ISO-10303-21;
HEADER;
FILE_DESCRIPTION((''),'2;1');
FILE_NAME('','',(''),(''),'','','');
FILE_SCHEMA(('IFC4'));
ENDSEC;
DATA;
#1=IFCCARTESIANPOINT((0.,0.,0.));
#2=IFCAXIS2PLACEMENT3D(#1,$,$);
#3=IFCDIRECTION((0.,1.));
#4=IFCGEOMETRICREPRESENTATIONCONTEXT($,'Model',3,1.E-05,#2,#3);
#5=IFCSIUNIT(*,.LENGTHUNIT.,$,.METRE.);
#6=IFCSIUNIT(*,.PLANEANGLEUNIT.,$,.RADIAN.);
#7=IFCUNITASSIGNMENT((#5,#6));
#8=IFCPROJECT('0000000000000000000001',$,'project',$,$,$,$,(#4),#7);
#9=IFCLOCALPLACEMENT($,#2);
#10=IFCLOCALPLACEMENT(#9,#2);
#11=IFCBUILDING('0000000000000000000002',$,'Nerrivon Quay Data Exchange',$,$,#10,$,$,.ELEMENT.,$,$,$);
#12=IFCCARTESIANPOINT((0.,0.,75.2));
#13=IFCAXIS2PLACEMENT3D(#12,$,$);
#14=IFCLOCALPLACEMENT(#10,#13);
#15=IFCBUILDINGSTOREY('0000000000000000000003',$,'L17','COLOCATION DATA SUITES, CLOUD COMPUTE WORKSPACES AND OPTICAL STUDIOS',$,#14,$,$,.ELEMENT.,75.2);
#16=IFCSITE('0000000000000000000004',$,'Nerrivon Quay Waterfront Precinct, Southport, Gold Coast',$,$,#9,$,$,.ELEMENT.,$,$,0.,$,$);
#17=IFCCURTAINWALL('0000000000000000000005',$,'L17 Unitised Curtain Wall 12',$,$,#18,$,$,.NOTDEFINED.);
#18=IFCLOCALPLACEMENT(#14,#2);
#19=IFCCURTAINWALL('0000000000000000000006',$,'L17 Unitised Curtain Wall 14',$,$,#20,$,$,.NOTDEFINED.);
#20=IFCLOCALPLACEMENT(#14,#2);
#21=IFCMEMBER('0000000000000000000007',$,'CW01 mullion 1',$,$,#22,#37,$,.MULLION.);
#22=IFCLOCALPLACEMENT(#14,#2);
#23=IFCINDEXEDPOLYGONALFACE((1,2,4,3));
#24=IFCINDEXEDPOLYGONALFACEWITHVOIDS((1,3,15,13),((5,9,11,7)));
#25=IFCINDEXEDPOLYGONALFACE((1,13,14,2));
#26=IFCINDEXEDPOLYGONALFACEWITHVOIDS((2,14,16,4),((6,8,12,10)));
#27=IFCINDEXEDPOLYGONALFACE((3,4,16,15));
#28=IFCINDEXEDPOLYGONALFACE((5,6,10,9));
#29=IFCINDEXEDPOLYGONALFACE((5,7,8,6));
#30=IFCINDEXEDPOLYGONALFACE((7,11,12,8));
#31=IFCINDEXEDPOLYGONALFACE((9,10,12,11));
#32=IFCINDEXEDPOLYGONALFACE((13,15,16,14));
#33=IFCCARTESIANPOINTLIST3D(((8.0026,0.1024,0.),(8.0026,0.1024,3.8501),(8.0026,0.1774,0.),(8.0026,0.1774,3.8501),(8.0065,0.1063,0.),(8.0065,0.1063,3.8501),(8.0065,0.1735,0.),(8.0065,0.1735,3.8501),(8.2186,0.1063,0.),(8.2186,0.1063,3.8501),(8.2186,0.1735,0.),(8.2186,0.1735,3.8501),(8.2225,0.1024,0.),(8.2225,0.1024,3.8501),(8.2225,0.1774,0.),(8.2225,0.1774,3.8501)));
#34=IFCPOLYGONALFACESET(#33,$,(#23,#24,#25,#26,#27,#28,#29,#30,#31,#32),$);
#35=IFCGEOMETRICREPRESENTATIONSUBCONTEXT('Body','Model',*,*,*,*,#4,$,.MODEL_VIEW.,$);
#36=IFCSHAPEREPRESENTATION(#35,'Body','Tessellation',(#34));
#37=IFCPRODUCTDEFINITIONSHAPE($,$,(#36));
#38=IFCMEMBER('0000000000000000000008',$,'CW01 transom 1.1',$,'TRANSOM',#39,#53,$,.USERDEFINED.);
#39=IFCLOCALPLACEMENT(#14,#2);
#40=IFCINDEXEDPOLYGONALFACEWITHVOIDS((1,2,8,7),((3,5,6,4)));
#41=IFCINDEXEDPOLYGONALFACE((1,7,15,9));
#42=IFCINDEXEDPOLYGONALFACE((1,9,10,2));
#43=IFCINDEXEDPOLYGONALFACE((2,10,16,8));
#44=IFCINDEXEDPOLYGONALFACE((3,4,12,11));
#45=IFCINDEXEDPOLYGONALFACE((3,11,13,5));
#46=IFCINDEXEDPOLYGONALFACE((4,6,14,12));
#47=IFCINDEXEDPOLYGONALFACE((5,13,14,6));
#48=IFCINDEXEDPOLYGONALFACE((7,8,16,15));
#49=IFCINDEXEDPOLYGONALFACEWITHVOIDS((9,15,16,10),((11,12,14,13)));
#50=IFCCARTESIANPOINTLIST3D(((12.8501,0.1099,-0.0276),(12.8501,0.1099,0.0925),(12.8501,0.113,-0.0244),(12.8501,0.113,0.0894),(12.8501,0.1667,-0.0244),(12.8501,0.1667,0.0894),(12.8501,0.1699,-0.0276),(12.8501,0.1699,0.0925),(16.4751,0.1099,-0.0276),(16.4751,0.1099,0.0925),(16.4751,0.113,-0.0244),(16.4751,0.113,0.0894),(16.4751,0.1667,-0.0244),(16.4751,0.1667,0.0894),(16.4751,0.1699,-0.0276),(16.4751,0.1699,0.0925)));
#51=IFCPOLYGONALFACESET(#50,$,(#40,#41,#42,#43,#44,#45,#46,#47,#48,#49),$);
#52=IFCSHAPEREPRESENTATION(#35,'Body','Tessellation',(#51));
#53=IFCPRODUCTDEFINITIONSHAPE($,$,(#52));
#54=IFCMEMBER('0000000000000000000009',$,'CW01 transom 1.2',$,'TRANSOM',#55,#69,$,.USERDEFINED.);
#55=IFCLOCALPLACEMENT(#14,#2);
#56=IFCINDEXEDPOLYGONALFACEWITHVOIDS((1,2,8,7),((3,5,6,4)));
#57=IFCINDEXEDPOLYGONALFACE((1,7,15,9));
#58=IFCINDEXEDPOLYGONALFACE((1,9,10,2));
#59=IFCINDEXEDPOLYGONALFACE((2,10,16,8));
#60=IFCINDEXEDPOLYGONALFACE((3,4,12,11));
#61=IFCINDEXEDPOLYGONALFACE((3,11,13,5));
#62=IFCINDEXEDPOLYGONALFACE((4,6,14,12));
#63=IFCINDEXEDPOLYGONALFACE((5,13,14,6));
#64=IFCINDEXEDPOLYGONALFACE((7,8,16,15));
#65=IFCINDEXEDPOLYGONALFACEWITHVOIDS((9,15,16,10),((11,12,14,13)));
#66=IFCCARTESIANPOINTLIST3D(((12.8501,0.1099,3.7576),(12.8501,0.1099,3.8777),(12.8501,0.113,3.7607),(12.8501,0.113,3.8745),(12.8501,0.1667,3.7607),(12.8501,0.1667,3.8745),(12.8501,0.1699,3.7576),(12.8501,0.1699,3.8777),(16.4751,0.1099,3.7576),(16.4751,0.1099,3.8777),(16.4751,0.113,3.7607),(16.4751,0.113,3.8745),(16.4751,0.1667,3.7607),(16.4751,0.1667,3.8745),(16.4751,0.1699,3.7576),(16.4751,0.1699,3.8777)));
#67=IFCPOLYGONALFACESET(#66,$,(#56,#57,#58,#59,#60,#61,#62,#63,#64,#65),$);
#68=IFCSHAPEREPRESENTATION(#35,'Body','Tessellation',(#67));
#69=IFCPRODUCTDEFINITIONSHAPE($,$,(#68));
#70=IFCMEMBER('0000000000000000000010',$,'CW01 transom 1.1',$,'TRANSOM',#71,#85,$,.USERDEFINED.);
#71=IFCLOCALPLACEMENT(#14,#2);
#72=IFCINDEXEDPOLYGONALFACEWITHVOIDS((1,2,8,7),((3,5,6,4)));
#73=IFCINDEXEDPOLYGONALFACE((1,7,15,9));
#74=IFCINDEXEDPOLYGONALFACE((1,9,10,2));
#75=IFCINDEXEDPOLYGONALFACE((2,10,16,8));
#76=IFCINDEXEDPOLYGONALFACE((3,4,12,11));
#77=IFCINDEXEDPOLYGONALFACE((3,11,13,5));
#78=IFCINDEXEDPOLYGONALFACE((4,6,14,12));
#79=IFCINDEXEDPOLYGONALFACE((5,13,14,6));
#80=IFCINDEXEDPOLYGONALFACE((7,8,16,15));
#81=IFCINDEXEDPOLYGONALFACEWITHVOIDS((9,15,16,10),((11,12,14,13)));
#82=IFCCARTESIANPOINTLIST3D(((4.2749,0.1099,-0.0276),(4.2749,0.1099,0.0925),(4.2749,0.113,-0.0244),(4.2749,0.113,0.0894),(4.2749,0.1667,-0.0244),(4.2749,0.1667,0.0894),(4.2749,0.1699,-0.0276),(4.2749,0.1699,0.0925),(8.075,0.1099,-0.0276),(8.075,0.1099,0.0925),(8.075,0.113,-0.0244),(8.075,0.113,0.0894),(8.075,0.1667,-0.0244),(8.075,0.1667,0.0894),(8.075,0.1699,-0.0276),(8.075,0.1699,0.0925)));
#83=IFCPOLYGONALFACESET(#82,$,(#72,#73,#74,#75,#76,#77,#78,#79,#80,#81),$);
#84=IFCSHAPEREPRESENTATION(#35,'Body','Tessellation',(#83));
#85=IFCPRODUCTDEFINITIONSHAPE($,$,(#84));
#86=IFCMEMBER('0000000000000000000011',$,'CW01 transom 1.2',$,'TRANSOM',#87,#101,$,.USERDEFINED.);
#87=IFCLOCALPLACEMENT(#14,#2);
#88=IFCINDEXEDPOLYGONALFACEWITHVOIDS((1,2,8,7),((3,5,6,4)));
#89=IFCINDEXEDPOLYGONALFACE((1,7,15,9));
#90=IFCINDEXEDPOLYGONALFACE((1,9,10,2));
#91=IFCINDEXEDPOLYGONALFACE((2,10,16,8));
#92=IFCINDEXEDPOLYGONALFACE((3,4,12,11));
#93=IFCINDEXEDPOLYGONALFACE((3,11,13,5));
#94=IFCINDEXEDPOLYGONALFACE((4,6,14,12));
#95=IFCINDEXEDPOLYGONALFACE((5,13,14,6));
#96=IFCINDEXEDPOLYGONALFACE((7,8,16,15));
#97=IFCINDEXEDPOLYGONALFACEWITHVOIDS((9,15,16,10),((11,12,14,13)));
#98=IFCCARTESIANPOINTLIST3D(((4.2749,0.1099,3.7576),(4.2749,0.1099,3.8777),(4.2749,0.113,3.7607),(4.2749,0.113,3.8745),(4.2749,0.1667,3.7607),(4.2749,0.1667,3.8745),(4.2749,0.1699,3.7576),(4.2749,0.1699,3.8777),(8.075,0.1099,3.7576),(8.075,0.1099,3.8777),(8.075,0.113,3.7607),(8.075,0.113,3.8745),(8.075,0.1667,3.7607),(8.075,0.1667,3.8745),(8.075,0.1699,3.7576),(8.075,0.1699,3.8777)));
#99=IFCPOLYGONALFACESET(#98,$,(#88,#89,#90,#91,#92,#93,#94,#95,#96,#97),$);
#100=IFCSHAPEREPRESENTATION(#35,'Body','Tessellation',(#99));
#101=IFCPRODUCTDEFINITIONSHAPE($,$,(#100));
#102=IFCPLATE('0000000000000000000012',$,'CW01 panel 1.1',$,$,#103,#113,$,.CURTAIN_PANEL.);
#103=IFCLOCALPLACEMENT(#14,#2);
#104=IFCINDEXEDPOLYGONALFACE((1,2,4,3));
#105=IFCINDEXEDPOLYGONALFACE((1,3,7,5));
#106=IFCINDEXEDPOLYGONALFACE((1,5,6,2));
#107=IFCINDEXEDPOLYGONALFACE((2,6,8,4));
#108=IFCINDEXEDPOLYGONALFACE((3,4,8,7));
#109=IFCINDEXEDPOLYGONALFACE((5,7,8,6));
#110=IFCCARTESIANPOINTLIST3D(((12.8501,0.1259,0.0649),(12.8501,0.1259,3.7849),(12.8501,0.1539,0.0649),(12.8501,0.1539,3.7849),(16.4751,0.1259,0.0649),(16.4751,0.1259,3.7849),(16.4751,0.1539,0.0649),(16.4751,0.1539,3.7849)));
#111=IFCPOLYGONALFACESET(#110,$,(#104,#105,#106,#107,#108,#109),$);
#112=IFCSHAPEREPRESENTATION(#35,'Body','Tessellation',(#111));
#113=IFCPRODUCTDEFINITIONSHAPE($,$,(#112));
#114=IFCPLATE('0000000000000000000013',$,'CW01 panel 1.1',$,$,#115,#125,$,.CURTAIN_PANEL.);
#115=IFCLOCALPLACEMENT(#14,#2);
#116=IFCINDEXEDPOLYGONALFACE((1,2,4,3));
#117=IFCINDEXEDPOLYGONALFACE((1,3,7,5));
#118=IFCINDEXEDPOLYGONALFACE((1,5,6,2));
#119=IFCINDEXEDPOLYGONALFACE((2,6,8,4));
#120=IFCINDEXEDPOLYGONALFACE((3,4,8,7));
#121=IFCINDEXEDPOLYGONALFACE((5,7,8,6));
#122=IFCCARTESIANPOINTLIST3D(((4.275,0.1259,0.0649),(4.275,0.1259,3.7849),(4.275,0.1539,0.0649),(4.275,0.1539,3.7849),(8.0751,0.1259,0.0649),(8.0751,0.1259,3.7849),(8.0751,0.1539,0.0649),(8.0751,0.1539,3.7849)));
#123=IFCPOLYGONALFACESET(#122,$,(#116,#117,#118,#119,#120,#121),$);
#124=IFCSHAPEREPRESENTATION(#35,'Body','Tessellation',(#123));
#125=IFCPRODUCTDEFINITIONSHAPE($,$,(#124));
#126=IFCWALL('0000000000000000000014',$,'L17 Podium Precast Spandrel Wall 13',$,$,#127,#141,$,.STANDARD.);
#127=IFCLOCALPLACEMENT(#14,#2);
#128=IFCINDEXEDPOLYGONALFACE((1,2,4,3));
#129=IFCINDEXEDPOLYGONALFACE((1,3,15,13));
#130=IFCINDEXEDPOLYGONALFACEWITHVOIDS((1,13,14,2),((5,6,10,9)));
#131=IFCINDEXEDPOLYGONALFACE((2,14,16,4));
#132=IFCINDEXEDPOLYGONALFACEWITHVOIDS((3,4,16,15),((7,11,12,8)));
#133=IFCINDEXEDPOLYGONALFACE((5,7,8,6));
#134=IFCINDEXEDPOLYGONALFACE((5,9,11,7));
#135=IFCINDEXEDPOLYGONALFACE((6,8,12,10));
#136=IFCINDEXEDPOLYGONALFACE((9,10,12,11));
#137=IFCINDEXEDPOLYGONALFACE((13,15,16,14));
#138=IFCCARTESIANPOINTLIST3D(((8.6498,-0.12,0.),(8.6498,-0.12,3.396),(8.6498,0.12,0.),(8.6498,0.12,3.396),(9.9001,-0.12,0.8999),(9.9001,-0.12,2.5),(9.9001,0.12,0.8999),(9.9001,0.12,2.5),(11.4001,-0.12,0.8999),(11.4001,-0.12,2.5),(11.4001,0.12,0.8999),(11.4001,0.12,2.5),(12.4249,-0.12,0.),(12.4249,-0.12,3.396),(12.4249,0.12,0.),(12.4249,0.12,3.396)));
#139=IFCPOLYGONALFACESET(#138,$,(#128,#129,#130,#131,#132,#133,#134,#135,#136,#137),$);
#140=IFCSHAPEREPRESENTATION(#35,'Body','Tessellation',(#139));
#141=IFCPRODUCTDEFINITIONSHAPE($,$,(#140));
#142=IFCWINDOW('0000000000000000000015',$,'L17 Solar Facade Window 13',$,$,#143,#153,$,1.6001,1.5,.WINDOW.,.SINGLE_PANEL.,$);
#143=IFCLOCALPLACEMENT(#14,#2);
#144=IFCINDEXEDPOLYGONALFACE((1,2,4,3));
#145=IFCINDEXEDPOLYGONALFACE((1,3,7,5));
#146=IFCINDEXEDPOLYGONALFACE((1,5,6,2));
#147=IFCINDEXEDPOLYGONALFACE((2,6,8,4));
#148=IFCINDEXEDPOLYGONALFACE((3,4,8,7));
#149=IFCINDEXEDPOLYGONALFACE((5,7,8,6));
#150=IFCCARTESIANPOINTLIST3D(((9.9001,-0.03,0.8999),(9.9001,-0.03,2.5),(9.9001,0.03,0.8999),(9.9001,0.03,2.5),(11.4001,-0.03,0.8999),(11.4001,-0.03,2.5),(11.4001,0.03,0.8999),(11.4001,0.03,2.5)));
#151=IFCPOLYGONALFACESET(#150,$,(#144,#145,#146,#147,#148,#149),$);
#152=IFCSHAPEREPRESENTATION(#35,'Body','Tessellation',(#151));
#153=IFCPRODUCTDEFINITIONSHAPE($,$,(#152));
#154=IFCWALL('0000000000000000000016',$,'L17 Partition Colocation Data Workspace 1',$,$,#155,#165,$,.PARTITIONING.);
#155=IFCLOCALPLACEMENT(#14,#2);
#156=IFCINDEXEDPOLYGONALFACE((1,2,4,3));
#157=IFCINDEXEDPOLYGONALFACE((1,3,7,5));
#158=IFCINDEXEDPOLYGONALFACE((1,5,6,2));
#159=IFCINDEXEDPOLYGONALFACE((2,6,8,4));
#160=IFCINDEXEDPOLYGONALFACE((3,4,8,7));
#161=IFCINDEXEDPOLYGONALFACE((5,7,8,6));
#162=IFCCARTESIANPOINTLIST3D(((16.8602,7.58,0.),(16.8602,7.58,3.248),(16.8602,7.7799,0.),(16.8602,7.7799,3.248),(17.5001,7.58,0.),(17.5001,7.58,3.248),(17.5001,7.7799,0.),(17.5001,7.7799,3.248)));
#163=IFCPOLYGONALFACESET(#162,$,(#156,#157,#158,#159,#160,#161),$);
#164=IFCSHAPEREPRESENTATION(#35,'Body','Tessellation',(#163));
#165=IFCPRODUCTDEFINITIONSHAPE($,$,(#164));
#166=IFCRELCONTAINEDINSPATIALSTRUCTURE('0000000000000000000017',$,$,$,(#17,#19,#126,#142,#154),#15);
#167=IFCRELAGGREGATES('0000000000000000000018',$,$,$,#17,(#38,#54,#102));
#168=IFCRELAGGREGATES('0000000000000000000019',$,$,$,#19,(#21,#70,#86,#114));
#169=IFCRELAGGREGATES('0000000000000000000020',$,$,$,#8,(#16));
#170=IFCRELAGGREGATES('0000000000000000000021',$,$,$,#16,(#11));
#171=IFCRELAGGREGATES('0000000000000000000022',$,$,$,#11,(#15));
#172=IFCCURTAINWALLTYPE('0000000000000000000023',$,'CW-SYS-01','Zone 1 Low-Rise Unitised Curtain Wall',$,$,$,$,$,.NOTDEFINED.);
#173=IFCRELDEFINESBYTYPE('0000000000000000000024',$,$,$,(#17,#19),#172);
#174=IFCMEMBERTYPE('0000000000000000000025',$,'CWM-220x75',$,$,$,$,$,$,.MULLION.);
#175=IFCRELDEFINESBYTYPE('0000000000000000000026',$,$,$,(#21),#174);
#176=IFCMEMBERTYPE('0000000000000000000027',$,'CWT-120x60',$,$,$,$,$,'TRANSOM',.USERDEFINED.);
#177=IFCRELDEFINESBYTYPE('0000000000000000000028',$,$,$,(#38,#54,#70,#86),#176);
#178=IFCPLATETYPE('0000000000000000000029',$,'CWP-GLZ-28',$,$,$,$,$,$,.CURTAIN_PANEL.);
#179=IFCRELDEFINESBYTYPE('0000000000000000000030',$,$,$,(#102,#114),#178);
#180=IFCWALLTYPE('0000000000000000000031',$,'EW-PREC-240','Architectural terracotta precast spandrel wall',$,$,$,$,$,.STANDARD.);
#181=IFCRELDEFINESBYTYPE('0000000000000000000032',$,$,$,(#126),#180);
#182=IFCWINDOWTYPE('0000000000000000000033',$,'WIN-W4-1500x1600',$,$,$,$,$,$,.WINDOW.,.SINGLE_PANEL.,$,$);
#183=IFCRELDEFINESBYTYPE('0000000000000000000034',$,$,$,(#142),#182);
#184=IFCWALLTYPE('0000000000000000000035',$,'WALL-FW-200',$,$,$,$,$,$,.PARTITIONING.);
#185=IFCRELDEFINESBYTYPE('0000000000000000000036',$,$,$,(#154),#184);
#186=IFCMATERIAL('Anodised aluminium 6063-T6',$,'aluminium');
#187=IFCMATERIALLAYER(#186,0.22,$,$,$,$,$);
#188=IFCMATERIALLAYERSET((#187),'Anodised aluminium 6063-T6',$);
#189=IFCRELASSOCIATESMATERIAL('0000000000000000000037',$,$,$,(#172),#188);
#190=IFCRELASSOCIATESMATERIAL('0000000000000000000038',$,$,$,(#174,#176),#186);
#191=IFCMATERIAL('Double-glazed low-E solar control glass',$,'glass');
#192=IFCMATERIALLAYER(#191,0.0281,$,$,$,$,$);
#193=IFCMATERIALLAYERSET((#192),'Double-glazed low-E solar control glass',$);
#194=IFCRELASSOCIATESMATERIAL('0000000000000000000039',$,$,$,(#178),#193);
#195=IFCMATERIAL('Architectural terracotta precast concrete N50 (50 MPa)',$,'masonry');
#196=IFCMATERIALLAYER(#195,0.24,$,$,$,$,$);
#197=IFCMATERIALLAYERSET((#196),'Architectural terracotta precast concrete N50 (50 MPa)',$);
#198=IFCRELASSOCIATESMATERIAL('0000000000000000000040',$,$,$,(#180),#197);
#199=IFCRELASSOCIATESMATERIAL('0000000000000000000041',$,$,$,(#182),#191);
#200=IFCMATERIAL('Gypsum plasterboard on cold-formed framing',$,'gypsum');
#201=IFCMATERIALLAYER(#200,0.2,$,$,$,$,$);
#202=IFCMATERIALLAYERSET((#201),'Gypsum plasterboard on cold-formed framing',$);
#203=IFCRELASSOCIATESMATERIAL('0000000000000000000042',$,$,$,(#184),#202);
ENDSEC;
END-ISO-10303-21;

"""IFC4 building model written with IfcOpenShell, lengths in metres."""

from ifc_helpers import new_model, si_unit, direction, frame, frame_2d, origin, origin_2d, place, context, subcontext, project, spatial, rectangle, hollow_rectangle, extrude, material, layer, layer_set, material_profile, profile_set, type_object, element, fill, aggregate, save


model = new_model("IFC4")

# Units and contexts
model_context = context("Model", 3, precision=1e-05, world=origin(), true_north=direction((0.0, 1.0)))
body_context = subcontext(model_context, "Body", "Model", "MODEL_VIEW")
ifc_project = project(units=[si_unit("LENGTHUNIT", "METRE"), si_unit("PLANEANGLEUNIT", "RADIAN")], contexts=[model_context])

# Site, building, storey
site_placement = place(None, origin())
site = spatial("IfcSite", under=ifc_project, at=site_placement, Name="Nerrivon Quay Waterfront Precinct, Southport, Gold Coast", CompositionType="ELEMENT", RefElevation=0.0)
building_placement = place(site_placement, origin())
building = spatial("IfcBuilding", under=site, at=building_placement, Name="Nerrivon Quay Data Exchange", CompositionType="ELEMENT")
storey_placement = place(building_placement, frame((0.0, 0.0, 75.2)))
storey = spatial("IfcBuildingStorey", under=building, at=storey_placement, Name="L17", Description="COLOCATION DATA SUITES, CLOUD COMPUTE WORKSPACES AND OPTICAL STUDIOS", CompositionType="ELEMENT", Elevation=75.2)

# Curtain wall
ifc_material_1 = material(Name="Anodised aluminium 6063-T6", Category="aluminium")
ifc_layer_1 = layer(ifc_material_1, 0.22)
ifc_layer_set_1 = layer_set([ifc_layer_1], Name="Anodised aluminium 6063-T6")
curtain_wall_type = type_object("IfcCurtainWallType", Name="CW-SYS-01", Description="Zone 1 Low-Rise Unitised Curtain Wall", PredefinedType="NOTDEFINED", material=ifc_layer_set_1)
curtain_wall_1_placement = place(storey_placement, origin())
curtain_wall_1 = element("IfcCurtainWall", 1, at=curtain_wall_1_placement, inside=storey, type_object=curtain_wall_type, Name="L17 Unitised Curtain Wall 12", PredefinedType="NOTDEFINED")
ifc_material_profile_1 = material_profile(ifc_material_1, hollow_rectangle(XDim=0.075, YDim=0.22, WallThickness=0.0039, at=origin_2d()), Name="ALU-MULL-220x75")
ifc_profile_set_1 = profile_set([ifc_material_profile_1], Name="Anodised aluminium 6063-T6")
member_type_1 = type_object("IfcMemberType", Name="CWM-220x75", PredefinedType="MULLION", material=ifc_profile_set_1)

# Curtain wall, member
curtain_wall_2_placement = place(storey_placement, origin())
curtain_wall_2 = element("IfcCurtainWall", 2, at=curtain_wall_2_placement, inside=storey, type_object=curtain_wall_type, Name="L17 Unitised Curtain Wall 14", PredefinedType="NOTDEFINED")
member_1_placement = place(storey_placement, frame((8.1125, 0.1399, 0.0), z_axis=(0.0, 0.0, 1.0), x_axis=(0.0, -1.0, 0.0)))
member_1 = element("IfcMember", 3, at=member_1_placement, type_object=member_type_1, Name="CW01 mullion 1", PredefinedType="MULLION", context=body_context, shape_type="SweptSolid", body=[
    extrude(hollow_rectangle(XDim=0.075, YDim=0.22, WallThickness=0.0039, at=origin_2d()), origin(), (0.0, 0.0, 1.0), 3.8501),
])

# Members
ifc_material_profile_2 = material_profile(ifc_material_1, hollow_rectangle(XDim=0.0601, YDim=0.1201, WallThickness=0.0032, at=origin_2d()), Name="ALU-TRAN-120x60")
ifc_profile_set_2 = profile_set([ifc_material_profile_2], Name="Anodised aluminium 6063-T6")
member_type_2 = type_object("IfcMemberType", Name="CWT-120x60", ElementType="TRANSOM", PredefinedType="USERDEFINED", material=ifc_profile_set_2)
member_2_placement = place(storey_placement, frame((16.4751, 0.1399, 0.0325), z_axis=(-1.0, 0.0, 0.0), x_axis=(0.0, -1.0, 0.0)))
member_2 = element("IfcMember", 4, at=member_2_placement, type_object=member_type_2, Name="CW01 transom 1.1", ObjectType="TRANSOM", PredefinedType="USERDEFINED", context=body_context, shape_type="SweptSolid", body=[
    extrude(hollow_rectangle(XDim=0.0601, YDim=0.1201, WallThickness=0.0032, at=origin_2d()), origin(), (0.0, 0.0, 1.0), 3.625),
])
member_3_placement = place(storey_placement, frame((16.4751, 0.1399, 3.8176), z_axis=(-1.0, 0.0, 0.0), x_axis=(0.0, -1.0, 0.0)))
member_3 = element("IfcMember", 5, at=member_3_placement, type_object=member_type_2, Name="CW01 transom 1.2", ObjectType="TRANSOM", PredefinedType="USERDEFINED", context=body_context, shape_type="SweptSolid", body=[
    extrude(hollow_rectangle(XDim=0.0601, YDim=0.1201, WallThickness=0.0032, at=origin_2d()), origin(), (0.0, 0.0, 1.0), 3.625),
])
member_4_placement = place(storey_placement, frame((8.075, 0.1399, 0.0325), z_axis=(-1.0, 0.0, 0.0), x_axis=(0.0, -1.0, 0.0)))
member_4 = element("IfcMember", 6, at=member_4_placement, type_object=member_type_2, Name="CW01 transom 1.1", ObjectType="TRANSOM", PredefinedType="USERDEFINED", context=body_context, shape_type="SweptSolid", body=[
    extrude(hollow_rectangle(XDim=0.0601, YDim=0.1201, WallThickness=0.0032, at=origin_2d()), origin(), (0.0, 0.0, 1.0), 3.8),
])
member_5_placement = place(storey_placement, frame((8.075, 0.1399, 3.8176), z_axis=(-1.0, 0.0, 0.0), x_axis=(0.0, -1.0, 0.0)))
member_5 = element("IfcMember", 7, at=member_5_placement, type_object=member_type_2, Name="CW01 transom 1.2", ObjectType="TRANSOM", PredefinedType="USERDEFINED", context=body_context, shape_type="SweptSolid", body=[
    extrude(hollow_rectangle(XDim=0.0601, YDim=0.1201, WallThickness=0.0032, at=origin_2d()), origin(), (0.0, 0.0, 1.0), 3.8),
])

# Plates
ifc_material_2 = material(Name="Double-glazed low-E solar control glass", Category="glass")
ifc_layer_2 = layer(ifc_material_2, 0.0281)
ifc_layer_set_2 = layer_set([ifc_layer_2], Name="Double-glazed low-E solar control glass")
plate_type = type_object("IfcPlateType", Name="CWP-GLZ-28", PredefinedType="CURTAIN_PANEL", material=ifc_layer_set_2)
plate_1_placement = place(storey_placement, frame((14.6626, 0.1399, 0.0649), z_axis=(0.0, 0.0, 1.0), x_axis=(-1.0, 0.0, 0.0)))
plate_1 = element("IfcPlate", 8, at=plate_1_placement, type_object=plate_type, Name="CW01 panel 1.1", PredefinedType="CURTAIN_PANEL", context=body_context, shape_type="SweptSolid", body=[
    extrude(rectangle(XDim=3.625, YDim=0.0281, at=origin_2d()), origin(), (0.0, 0.0, 1.0), 3.72),
])
aggregate(curtain_wall_1, [member_2, member_3, plate_1])
plate_2_placement = place(storey_placement, frame((6.175, 0.1399, 0.0649), z_axis=(0.0, 0.0, 1.0), x_axis=(-1.0, 0.0, 0.0)))
plate_2 = element("IfcPlate", 9, at=plate_2_placement, type_object=plate_type, Name="CW01 panel 1.1", PredefinedType="CURTAIN_PANEL", context=body_context, shape_type="SweptSolid", body=[
    extrude(rectangle(XDim=3.8, YDim=0.0281, at=origin_2d()), origin(), (0.0, 0.0, 1.0), 3.72),
])
aggregate(curtain_wall_2, [member_1, member_4, member_5, plate_2])

# Wall, opening, window
ifc_material_3 = material(Name="Architectural terracotta precast concrete N50 (50 MPa)", Category="masonry")
ifc_layer_3 = layer(ifc_material_3, 0.24)
ifc_layer_set_3 = layer_set([ifc_layer_3], Name="Architectural terracotta precast concrete N50 (50 MPa)")
wall_type_1 = type_object("IfcWallType", Name="EW-PREC-240", Description="Architectural terracotta precast spandrel wall", PredefinedType="STANDARD", material=ifc_layer_set_3)
wall_1_placement = place(storey_placement, frame((12.425, 0.0, 0.0), z_axis=(0.0, 0.0, 1.0), x_axis=(-1.0, 0.0, 0.0)))
wall_1 = element("IfcWall", 10, at=wall_1_placement, inside=storey, type_object=wall_type_1, Name="L17 Podium Precast Spandrel Wall 13", PredefinedType="STANDARD", context=body_context, shape_type="SweptSolid", body=[
    extrude(rectangle(XDim=3.7751, YDim=0.24, at=frame_2d((1.8877, 0.0))), origin(), (0.0, 0.0, 1.0), 3.396),
])
opening_1_placement = place(wall_1_placement, frame((1.0249, 0.0, 0.8999)))
opening_1 = element("IfcOpeningElement", 11, at=opening_1_placement, cuts=wall_1, PredefinedType="OPENING", context=body_context, shape_type="SweptSolid", body=[
    extrude(rectangle(XDim=1.5, YDim=1.6001, at=frame_2d((0.75, 0.8))), frame((0.0, 0.1299, 0.0), z_axis=(0.0, -1.0, 0.0), x_axis=(1.0, 0.0, 0.0)), (0.0, 0.0, 1.0), 0.26),
])
window_type = type_object("IfcWindowType", Name="WIN-W4-1500x1600", PartitioningType="SINGLE_PANEL", PredefinedType="WINDOW", material=ifc_material_2)
window_placement = place(opening_1_placement, origin())
window = element("IfcWindow", 12, at=window_placement, inside=storey, type_object=window_type, Name="L17 Solar Facade Window 13", OverallHeight=1.6001, OverallWidth=1.5, PartitioningType="SINGLE_PANEL", PredefinedType="WINDOW", context=body_context, shape_type="SweptSolid", body=[
    extrude(rectangle(XDim=1.5, YDim=1.6001, at=frame_2d((0.75, 0.8))), frame((0.0, 0.03, 0.0), z_axis=(0.0, -1.0, 0.0), x_axis=(1.0, 0.0, 0.0)), (0.0, 0.0, 1.0), 0.0601),
])
fill(opening_1, window)

# Wall
ifc_material_4 = material(Name="Gypsum plasterboard on cold-formed framing", Category="gypsum")
ifc_layer_4 = layer(ifc_material_4, 0.2)
ifc_layer_set_4 = layer_set([ifc_layer_4], Name="Gypsum plasterboard on cold-formed framing")
wall_type_2 = type_object("IfcWallType", Name="WALL-FW-200", PredefinedType="PARTITIONING", material=ifc_layer_set_4)
wall_2_placement = place(storey_placement, frame((17.5, 7.6799, 0.0), z_axis=(0.0, 0.0, 1.0), x_axis=(-1.0, 0.0, 0.0)))
element("IfcWall", 13, at=wall_2_placement, inside=storey, type_object=wall_type_2, Name="L17 Partition Colocation Data Workspace 1", PredefinedType="PARTITIONING", context=body_context, shape_type="SweptSolid", body=[
    extrude(rectangle(XDim=0.6399, YDim=0.2, at=frame_2d((0.3198, 0.0))), origin(), (0.0, 0.0, 1.0), 3.248),
])

save(model, "model.ifc")
